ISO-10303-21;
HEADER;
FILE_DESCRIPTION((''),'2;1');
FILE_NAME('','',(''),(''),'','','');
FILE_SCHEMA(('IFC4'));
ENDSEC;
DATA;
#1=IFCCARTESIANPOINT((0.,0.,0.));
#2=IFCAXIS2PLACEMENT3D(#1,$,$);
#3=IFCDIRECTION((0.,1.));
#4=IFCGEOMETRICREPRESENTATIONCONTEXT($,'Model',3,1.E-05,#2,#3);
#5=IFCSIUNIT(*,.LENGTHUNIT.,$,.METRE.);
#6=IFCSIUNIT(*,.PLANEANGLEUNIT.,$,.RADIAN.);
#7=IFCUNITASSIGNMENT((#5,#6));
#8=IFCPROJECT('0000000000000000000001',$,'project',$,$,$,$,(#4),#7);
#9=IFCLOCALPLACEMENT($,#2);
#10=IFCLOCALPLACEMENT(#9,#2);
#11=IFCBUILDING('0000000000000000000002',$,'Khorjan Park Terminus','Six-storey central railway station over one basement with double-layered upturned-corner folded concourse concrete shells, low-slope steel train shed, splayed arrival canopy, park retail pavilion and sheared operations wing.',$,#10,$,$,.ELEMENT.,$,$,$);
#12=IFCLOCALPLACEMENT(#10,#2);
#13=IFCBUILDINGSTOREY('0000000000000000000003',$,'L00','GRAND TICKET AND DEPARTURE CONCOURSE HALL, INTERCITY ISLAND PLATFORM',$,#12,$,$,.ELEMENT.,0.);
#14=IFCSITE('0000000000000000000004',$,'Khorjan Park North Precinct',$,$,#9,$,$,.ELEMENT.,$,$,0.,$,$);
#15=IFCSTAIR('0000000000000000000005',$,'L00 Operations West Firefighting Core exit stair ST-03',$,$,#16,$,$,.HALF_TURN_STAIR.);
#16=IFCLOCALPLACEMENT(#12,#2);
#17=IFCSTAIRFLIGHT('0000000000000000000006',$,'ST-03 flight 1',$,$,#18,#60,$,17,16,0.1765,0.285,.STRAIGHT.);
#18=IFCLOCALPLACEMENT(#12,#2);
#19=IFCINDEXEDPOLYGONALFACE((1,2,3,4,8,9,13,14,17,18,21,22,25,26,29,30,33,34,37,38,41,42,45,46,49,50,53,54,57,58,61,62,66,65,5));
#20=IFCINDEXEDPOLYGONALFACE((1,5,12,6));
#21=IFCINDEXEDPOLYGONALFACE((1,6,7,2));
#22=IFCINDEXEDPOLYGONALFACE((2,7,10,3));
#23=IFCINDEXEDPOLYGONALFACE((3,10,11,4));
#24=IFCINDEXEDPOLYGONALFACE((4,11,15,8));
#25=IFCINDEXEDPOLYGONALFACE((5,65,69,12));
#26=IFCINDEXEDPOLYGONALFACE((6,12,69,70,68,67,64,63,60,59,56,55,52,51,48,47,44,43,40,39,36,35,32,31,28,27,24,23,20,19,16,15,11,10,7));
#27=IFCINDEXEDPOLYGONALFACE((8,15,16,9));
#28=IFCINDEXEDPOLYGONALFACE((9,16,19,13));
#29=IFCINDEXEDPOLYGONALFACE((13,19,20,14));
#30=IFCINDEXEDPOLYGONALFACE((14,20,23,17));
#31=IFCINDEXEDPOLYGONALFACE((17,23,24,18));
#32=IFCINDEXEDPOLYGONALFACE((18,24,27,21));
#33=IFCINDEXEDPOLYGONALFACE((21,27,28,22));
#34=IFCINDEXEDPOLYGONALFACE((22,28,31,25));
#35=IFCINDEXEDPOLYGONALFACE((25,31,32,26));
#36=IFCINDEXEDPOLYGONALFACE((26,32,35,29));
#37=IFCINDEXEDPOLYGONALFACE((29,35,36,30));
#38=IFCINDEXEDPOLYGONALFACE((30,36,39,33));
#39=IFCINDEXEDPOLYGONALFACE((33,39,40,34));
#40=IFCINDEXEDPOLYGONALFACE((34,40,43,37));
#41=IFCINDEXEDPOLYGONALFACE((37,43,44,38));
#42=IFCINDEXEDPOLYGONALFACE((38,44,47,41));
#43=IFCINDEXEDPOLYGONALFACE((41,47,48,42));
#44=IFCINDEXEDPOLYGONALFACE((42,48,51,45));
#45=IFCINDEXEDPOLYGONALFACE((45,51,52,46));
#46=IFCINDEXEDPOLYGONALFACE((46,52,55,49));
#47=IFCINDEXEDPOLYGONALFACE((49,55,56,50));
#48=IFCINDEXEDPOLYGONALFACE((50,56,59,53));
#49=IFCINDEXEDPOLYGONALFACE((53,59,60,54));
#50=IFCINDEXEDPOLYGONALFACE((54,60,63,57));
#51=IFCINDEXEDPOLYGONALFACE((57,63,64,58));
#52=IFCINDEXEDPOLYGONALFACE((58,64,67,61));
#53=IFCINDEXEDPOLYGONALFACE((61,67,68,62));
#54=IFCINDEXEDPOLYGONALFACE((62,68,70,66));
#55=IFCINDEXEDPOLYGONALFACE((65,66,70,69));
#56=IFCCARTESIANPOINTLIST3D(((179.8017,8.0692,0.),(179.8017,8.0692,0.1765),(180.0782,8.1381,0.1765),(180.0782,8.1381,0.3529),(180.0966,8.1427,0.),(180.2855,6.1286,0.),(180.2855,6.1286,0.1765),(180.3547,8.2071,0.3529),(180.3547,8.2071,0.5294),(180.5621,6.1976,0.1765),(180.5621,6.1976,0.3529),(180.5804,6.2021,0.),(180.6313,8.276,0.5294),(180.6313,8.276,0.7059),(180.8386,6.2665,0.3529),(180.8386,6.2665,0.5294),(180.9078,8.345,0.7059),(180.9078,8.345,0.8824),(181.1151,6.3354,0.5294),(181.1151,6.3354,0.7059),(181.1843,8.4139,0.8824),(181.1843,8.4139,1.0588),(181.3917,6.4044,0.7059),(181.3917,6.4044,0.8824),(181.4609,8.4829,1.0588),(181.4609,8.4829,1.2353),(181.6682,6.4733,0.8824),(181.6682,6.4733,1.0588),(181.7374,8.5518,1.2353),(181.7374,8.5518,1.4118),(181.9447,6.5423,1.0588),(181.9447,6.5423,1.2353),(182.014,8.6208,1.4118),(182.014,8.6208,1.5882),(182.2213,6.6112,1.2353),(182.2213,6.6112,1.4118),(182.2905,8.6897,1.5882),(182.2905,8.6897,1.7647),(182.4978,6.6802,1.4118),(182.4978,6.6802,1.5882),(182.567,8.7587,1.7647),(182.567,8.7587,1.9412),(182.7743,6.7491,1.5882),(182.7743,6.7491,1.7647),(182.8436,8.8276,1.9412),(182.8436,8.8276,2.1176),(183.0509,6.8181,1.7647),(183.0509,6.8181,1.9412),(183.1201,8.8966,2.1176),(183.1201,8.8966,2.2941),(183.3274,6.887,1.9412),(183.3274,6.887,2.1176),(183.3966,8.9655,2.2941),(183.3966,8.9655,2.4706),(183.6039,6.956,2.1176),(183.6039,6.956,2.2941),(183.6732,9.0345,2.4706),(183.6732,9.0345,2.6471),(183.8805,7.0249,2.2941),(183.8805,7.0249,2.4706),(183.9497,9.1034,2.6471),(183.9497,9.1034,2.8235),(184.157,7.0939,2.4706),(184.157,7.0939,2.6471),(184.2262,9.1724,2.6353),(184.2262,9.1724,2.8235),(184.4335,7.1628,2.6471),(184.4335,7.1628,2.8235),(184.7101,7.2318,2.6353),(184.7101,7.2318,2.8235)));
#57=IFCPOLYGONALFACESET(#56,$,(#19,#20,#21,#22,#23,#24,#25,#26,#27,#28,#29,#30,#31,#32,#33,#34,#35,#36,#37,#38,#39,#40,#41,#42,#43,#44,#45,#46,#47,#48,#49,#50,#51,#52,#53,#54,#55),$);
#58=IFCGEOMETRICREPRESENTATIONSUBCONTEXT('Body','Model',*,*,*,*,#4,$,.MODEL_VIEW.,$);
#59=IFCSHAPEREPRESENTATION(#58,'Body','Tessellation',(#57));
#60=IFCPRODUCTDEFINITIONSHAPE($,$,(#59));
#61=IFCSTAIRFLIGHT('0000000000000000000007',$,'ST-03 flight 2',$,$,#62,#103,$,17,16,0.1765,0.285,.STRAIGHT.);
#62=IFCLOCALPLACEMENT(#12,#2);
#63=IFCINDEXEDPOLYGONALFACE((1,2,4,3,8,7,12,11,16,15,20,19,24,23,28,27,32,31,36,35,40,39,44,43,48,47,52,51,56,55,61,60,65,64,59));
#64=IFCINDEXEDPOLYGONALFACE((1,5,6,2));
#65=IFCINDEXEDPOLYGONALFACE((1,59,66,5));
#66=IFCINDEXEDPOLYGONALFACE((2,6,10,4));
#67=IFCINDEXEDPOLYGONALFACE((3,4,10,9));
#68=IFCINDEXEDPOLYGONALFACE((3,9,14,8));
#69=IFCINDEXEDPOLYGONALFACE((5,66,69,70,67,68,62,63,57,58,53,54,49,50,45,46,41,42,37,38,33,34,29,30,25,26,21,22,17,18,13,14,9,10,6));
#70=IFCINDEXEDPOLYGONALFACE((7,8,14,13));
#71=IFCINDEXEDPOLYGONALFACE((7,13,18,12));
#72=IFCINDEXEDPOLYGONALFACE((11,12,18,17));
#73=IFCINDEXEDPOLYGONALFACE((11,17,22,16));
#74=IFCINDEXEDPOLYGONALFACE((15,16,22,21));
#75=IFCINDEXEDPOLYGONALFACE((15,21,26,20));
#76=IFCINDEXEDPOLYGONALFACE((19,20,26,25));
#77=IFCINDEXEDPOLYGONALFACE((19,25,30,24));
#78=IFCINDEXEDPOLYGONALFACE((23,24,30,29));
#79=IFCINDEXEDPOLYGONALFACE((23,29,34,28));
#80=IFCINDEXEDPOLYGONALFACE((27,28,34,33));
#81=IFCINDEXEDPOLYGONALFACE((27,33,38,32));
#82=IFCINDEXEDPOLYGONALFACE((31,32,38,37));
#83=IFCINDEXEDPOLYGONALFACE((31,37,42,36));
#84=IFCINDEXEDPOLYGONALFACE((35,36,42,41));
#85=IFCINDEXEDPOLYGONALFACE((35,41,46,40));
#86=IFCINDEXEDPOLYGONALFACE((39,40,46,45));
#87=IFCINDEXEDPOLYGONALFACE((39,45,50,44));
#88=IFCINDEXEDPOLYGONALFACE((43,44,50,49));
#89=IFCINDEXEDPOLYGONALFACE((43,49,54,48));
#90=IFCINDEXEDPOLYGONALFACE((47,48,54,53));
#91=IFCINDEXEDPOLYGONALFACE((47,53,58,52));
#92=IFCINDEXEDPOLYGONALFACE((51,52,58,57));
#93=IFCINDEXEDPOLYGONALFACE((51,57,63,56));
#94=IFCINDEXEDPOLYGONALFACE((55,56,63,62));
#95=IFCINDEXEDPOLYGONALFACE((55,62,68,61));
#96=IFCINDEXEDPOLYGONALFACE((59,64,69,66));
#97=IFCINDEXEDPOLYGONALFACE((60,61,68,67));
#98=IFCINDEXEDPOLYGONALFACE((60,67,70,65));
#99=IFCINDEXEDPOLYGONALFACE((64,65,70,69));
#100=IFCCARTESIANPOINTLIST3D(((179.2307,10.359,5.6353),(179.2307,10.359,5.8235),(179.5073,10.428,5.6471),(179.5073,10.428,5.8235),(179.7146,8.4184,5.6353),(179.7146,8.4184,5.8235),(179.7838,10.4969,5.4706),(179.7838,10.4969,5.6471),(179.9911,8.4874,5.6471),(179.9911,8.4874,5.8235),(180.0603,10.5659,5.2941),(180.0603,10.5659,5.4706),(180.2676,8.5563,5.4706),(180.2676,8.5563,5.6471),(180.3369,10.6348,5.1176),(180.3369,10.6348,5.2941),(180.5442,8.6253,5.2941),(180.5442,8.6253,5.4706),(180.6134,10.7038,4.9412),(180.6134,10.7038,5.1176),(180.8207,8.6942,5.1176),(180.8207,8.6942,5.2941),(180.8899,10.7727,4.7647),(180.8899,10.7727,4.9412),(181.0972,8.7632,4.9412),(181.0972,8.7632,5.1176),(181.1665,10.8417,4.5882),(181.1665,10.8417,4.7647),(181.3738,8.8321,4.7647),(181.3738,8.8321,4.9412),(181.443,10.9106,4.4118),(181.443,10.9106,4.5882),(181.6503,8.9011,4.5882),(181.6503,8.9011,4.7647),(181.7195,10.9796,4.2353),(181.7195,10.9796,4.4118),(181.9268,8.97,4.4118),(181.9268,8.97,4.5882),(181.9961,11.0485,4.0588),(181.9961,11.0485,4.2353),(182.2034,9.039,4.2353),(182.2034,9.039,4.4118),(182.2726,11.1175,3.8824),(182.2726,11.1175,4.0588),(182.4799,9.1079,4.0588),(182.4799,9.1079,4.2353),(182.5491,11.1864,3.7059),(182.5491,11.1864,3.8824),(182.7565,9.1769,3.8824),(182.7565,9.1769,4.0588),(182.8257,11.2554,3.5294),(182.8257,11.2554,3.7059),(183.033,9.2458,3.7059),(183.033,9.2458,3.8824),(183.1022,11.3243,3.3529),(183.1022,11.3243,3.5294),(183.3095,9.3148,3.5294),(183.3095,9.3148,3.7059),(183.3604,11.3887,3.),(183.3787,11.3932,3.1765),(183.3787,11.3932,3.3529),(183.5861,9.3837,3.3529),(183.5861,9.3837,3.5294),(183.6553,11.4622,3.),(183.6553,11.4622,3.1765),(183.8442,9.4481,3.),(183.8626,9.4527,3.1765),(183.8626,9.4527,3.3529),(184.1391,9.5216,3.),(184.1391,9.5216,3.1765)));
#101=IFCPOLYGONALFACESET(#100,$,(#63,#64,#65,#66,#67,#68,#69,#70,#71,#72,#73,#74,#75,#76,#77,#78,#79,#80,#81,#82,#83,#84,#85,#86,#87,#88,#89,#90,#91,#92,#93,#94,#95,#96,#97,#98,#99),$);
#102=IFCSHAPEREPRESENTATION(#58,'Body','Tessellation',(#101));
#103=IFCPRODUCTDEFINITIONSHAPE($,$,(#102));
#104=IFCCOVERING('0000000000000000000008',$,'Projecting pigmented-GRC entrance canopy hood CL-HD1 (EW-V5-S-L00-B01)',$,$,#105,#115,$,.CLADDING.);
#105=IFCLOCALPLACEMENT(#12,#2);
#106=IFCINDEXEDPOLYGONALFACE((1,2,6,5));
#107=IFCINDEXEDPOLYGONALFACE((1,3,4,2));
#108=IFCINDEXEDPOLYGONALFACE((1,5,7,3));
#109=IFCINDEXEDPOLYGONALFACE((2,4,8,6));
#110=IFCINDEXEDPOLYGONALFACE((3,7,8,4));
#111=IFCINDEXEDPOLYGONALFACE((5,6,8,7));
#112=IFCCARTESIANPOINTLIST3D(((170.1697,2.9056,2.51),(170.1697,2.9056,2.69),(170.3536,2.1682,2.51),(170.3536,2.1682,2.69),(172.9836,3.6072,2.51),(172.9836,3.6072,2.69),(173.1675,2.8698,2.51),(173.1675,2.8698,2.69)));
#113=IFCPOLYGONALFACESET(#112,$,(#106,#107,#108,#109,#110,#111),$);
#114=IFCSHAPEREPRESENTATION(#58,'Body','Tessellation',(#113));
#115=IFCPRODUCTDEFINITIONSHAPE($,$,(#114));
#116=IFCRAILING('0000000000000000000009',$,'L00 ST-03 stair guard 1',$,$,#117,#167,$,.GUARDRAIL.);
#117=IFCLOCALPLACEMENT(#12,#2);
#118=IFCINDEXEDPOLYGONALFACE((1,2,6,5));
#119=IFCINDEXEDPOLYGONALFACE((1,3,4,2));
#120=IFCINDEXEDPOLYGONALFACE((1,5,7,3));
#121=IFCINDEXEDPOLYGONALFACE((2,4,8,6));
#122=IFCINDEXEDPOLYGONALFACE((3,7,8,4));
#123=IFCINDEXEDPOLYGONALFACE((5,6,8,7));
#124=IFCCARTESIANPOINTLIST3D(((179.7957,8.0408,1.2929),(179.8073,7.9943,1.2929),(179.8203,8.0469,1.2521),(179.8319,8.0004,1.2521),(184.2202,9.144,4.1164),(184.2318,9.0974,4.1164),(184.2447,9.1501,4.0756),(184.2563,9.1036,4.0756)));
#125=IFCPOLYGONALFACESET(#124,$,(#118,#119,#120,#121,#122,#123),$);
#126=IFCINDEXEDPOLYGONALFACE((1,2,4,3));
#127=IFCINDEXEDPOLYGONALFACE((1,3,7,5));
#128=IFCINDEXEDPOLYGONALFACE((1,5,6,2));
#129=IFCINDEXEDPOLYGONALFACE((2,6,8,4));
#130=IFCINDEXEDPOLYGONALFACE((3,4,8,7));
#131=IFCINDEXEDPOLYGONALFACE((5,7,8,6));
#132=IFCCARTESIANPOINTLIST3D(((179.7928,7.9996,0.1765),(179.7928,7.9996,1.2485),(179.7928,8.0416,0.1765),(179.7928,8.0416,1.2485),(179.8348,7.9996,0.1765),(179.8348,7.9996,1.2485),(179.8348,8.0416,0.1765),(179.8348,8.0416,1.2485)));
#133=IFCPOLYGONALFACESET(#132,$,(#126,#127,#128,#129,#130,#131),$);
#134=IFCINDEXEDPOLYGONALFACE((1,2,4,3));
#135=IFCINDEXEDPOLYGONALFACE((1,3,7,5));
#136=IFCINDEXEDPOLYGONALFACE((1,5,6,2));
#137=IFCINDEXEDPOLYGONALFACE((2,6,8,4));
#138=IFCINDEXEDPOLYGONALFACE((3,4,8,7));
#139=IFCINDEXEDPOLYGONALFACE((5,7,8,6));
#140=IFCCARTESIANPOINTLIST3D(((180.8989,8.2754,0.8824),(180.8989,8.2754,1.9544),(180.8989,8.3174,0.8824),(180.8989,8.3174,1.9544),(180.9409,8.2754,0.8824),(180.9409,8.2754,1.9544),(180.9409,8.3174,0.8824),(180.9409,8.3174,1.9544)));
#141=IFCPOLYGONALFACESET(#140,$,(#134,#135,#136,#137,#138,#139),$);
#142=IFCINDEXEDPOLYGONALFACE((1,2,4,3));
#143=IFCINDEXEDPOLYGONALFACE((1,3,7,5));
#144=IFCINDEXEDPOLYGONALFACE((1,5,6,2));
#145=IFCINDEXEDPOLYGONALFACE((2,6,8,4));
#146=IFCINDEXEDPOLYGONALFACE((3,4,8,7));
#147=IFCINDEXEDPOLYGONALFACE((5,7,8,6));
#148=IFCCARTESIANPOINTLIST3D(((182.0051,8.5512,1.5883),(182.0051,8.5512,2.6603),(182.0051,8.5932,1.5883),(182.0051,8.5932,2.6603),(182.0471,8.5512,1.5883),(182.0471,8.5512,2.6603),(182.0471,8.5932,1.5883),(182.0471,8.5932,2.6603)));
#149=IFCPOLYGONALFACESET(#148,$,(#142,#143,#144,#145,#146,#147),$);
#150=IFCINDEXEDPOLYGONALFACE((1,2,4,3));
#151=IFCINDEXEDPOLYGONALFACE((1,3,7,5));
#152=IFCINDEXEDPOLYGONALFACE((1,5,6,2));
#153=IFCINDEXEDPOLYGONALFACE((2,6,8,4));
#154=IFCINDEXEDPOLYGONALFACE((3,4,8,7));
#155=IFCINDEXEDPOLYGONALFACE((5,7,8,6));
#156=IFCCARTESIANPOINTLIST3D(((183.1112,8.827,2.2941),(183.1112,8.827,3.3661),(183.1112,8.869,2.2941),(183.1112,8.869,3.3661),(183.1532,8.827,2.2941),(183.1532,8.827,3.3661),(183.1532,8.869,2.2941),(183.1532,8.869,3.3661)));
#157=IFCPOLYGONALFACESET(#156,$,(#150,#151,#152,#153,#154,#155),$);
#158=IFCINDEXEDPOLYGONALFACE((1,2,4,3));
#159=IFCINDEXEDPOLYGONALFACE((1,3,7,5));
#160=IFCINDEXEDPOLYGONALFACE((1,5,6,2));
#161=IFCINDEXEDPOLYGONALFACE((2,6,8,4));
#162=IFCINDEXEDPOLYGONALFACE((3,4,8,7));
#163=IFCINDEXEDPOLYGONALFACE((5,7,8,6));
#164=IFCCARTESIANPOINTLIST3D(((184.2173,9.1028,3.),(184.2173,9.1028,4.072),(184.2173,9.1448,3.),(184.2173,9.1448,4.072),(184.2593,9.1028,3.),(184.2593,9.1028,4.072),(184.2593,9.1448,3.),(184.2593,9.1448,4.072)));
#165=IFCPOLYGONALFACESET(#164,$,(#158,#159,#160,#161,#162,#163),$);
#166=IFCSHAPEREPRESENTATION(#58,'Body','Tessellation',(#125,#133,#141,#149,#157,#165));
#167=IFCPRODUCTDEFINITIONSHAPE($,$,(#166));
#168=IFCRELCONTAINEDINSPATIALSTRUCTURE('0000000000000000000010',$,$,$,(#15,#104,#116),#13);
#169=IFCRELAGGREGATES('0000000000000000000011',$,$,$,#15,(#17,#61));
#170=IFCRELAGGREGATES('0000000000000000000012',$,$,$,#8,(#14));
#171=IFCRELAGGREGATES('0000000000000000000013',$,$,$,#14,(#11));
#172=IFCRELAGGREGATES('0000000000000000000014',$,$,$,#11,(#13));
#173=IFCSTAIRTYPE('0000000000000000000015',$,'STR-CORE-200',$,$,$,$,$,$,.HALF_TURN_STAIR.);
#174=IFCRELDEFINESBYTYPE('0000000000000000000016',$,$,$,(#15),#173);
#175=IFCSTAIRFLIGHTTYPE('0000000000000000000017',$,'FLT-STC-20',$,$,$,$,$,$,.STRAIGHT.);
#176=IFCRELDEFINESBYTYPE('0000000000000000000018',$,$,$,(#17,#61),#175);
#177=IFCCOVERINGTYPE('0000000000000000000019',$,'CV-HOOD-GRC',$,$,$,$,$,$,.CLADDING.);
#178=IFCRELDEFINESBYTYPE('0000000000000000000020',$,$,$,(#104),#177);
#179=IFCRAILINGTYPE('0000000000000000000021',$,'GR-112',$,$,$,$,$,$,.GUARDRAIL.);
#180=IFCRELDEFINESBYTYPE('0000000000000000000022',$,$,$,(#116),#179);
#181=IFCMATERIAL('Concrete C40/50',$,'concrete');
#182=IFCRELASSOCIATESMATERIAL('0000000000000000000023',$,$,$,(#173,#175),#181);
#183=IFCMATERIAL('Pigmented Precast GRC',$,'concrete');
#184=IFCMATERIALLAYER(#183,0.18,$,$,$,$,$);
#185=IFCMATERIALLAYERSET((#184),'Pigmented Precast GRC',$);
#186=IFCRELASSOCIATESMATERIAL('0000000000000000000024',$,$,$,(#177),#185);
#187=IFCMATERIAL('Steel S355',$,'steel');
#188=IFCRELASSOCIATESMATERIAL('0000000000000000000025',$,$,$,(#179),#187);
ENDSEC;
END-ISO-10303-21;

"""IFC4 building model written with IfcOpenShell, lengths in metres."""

from ifc_helpers import new_model, si_unit, direction, frame, origin, origin_2d, place, context, subcontext, project, spatial, polyline, rectangle, outline, extrude, material, layer, layer_set, type_object, element, aggregate, save


model = new_model("IFC4")

# Units and contexts
model_context = context("Model", 3, precision=1e-05, world=origin(), true_north=direction((0.0, 1.0)))
body_context = subcontext(model_context, "Body", "Model", "MODEL_VIEW")
ifc_project = project(units=[si_unit("LENGTHUNIT", "METRE"), si_unit("PLANEANGLEUNIT", "RADIAN")], contexts=[model_context])

# Site, building, storey
site_placement = place(None, origin())
site = spatial("IfcSite", under=ifc_project, at=site_placement, Name="Khorjan Park North Precinct", CompositionType="ELEMENT", RefElevation=0.0)
building_placement = place(site_placement, origin())
building = spatial("IfcBuilding", under=site, at=building_placement, Name="Khorjan Park Terminus", Description="Six-storey central railway station over one basement with double-layered upturned-corner folded concourse concrete shells, low-slope steel train shed, splayed arrival canopy, park retail pavilion and sheared operations wing.", CompositionType="ELEMENT")
storey_placement = place(building_placement, origin())
storey = spatial("IfcBuildingStorey", under=building, at=storey_placement, Name="L00", Description="GRAND TICKET AND DEPARTURE CONCOURSE HALL, INTERCITY ISLAND PLATFORM", CompositionType="ELEMENT", Elevation=0.0)

# Shared definitions
ifc_material_1 = material(Name="Steel S355", Category="steel")
ifc_material_2 = material(Name="Concrete C40/50", Category="concrete")

# Stair, stair flights
stair_type = type_object("IfcStairType", Name="STR-CORE-200", PredefinedType="HALF_TURN_STAIR", material=ifc_material_2)
stair_placement = place(storey_placement, origin())
stair = element("IfcStair", 1, at=stair_placement, inside=storey, type_object=stair_type, Name="L00 Operations West Firefighting Core exit stair ST-03", PredefinedType="HALF_TURN_STAIR")
stair_flight_type = type_object("IfcStairFlightType", Name="FLT-STC-20", PredefinedType="STRAIGHT", material=ifc_material_2)
stair_flight_1_placement = place(storey_placement, frame((180.0436, 7.0989, 0.0), z_axis=(0.0, 0.0, 1.0), x_axis=(0.970296, 0.241922, 0.0)))
stair_flight_1 = element("IfcStairFlight", 2, at=stair_flight_1_placement, type_object=stair_flight_type, Name="ST-03 flight 1", NumberOfRisers=17, NumberOfTreads=16, PredefinedType="STRAIGHT", RiserHeight=0.1765, TreadLength=0.285, context=body_context, shape_type="SweptSolid", body=[
    extrude(outline(polyline([(0.0, 0.0), (0.0, 0.1765), (0.285, 0.1765), (0.285, 0.3529), (0.57, 0.3529), (0.57, 0.5294), (0.855, 0.5294), (0.855, 0.7059), (1.14, 0.7059), (1.14, 0.8824), (1.425, 0.8824), (1.425, 1.0588), (1.71, 1.0588), (1.71, 1.2353), (1.995, 1.2353), (1.995, 1.4118), (2.28, 1.4118), (2.28, 1.5882), (2.565, 1.5882), (2.565, 1.7647), (2.85, 1.7647), (2.85, 1.9412), (3.135, 1.9412), (3.135, 2.1176), (3.42, 2.1176), (3.42, 2.2941), (3.705, 2.2941), (3.705, 2.4706), (3.99, 2.4706), (3.99, 2.6471), (4.275, 2.6471), (4.275, 2.8235), (4.56, 2.8235), (4.56, 3.0), (4.56, 2.6353), (0.3039, 0.0), (0.0, 0.0)])), frame((0.0, 1.0, 0.0), z_axis=(0.0, -1.0, 0.0), x_axis=(1.0, 0.0, 0.0)), (0.0, 0.0, 1.0), 2.0),
])
stair_flight_2_placement = place(storey_placement, frame((183.8972, 10.4919, 3.0), z_axis=(0.0, 0.0, 1.0), x_axis=(-0.970296, -0.241922, 0.0)))
stair_flight_2 = element("IfcStairFlight", 3, at=stair_flight_2_placement, type_object=stair_flight_type, Name="ST-03 flight 2", NumberOfRisers=17, NumberOfTreads=16, PredefinedType="STRAIGHT", RiserHeight=0.1765, TreadLength=0.285, context=body_context, shape_type="SweptSolid", body=[
    extrude(outline(polyline([(0.0, 0.0), (0.0, 0.1765), (0.285, 0.1765), (0.285, 0.3529), (0.57, 0.3529), (0.57, 0.5294), (0.855, 0.5294), (0.855, 0.7059), (1.14, 0.7059), (1.14, 0.8824), (1.425, 0.8824), (1.425, 1.0588), (1.71, 1.0588), (1.71, 1.2353), (1.995, 1.2353), (1.995, 1.4118), (2.28, 1.4118), (2.28, 1.5882), (2.565, 1.5882), (2.565, 1.7647), (2.85, 1.7647), (2.85, 1.9412), (3.135, 1.9412), (3.135, 2.1176), (3.42, 2.1176), (3.42, 2.2941), (3.705, 2.2941), (3.705, 2.4706), (3.99, 2.4706), (3.99, 2.6471), (4.275, 2.6471), (4.275, 2.8235), (4.56, 2.8235), (4.56, 3.0), (4.56, 2.6353), (0.3039, 0.0), (0.0, 0.0)])), frame((0.0, 1.0, 0.0), z_axis=(0.0, -1.0, 0.0), x_axis=(1.0, 0.0, 0.0)), (0.0, 0.0, 1.0), 2.0),
])
aggregate(stair, [stair_flight_1, stair_flight_2])

# Covering
ifc_material_3 = material(Name="Pigmented Precast GRC", Category="concrete")
ifc_layer_1 = layer(ifc_material_3, 0.18)
ifc_layer_set_1 = layer_set([ifc_layer_1], Name="Pigmented Precast GRC")
covering_type = type_object("IfcCoveringType", Name="CV-HOOD-GRC", PredefinedType="CLADDING", material=ifc_layer_set_1)
covering_placement = place(storey_placement, frame((171.6686, 2.8877, 2.51), z_axis=(0.0, 0.0, 1.0), x_axis=(0.970297, 0.241918, 0.0)))
element("IfcCovering", 4, at=covering_placement, inside=storey, type_object=covering_type, Name="Projecting pigmented-GRC entrance canopy hood CL-HD1 (EW-V5-S-L00-B01)", PredefinedType="CLADDING", context=body_context, shape_type="SweptSolid", body=[
    extrude(rectangle(XDim=2.9, YDim=0.76, at=origin_2d()), origin(), (0.0, 0.0, 1.0), 0.18),
])

# Railing
railing_type_1 = type_object("IfcRailingType", Name="GR-112", PredefinedType="GUARDRAIL", material=ifc_material_1)
railing_1_placement = place(storey_placement, frame((179.8138, 8.0206, 0.1765)))
element("IfcRailing", 5, at=railing_1_placement, inside=storey, type_object=railing_type_1, Name="L00 ST-03 stair guard 1", PredefinedType="GUARDRAIL", context=body_context, shape_type="SweptSolid", body=[
    extrude(rectangle(XDim=0.048, YDim=0.048, at=origin_2d()), frame((0.0, 0.0, 1.096), z_axis=(0.824953, 0.205693, 0.526444), x_axis=(-0.241932, 0.970293, 0.0)), (0.0, 0.0, 1.0), 5.3633),
    extrude(rectangle(XDim=0.042, YDim=0.042, at=origin_2d()), origin(), (0.0, 0.0, 1.0), 1.072),
    extrude(rectangle(XDim=0.042, YDim=0.042, at=origin_2d()), frame((1.1061, 0.2758, 0.7059)), (0.0, 0.0, 1.0), 1.072),
    extrude(rectangle(XDim=0.042, YDim=0.042, at=origin_2d()), frame((2.2123, 0.5516, 1.4118)), (0.0, 0.0, 1.0), 1.072),
    extrude(rectangle(XDim=0.042, YDim=0.042, at=origin_2d()), frame((3.3184, 0.8274, 2.1176)), (0.0, 0.0, 1.0), 1.072),
    extrude(rectangle(XDim=0.042, YDim=0.042, at=origin_2d()), frame((4.4245, 1.1032, 2.8235)), (0.0, 0.0, 1.0), 1.072),
])

save(model, "model.ifc")
